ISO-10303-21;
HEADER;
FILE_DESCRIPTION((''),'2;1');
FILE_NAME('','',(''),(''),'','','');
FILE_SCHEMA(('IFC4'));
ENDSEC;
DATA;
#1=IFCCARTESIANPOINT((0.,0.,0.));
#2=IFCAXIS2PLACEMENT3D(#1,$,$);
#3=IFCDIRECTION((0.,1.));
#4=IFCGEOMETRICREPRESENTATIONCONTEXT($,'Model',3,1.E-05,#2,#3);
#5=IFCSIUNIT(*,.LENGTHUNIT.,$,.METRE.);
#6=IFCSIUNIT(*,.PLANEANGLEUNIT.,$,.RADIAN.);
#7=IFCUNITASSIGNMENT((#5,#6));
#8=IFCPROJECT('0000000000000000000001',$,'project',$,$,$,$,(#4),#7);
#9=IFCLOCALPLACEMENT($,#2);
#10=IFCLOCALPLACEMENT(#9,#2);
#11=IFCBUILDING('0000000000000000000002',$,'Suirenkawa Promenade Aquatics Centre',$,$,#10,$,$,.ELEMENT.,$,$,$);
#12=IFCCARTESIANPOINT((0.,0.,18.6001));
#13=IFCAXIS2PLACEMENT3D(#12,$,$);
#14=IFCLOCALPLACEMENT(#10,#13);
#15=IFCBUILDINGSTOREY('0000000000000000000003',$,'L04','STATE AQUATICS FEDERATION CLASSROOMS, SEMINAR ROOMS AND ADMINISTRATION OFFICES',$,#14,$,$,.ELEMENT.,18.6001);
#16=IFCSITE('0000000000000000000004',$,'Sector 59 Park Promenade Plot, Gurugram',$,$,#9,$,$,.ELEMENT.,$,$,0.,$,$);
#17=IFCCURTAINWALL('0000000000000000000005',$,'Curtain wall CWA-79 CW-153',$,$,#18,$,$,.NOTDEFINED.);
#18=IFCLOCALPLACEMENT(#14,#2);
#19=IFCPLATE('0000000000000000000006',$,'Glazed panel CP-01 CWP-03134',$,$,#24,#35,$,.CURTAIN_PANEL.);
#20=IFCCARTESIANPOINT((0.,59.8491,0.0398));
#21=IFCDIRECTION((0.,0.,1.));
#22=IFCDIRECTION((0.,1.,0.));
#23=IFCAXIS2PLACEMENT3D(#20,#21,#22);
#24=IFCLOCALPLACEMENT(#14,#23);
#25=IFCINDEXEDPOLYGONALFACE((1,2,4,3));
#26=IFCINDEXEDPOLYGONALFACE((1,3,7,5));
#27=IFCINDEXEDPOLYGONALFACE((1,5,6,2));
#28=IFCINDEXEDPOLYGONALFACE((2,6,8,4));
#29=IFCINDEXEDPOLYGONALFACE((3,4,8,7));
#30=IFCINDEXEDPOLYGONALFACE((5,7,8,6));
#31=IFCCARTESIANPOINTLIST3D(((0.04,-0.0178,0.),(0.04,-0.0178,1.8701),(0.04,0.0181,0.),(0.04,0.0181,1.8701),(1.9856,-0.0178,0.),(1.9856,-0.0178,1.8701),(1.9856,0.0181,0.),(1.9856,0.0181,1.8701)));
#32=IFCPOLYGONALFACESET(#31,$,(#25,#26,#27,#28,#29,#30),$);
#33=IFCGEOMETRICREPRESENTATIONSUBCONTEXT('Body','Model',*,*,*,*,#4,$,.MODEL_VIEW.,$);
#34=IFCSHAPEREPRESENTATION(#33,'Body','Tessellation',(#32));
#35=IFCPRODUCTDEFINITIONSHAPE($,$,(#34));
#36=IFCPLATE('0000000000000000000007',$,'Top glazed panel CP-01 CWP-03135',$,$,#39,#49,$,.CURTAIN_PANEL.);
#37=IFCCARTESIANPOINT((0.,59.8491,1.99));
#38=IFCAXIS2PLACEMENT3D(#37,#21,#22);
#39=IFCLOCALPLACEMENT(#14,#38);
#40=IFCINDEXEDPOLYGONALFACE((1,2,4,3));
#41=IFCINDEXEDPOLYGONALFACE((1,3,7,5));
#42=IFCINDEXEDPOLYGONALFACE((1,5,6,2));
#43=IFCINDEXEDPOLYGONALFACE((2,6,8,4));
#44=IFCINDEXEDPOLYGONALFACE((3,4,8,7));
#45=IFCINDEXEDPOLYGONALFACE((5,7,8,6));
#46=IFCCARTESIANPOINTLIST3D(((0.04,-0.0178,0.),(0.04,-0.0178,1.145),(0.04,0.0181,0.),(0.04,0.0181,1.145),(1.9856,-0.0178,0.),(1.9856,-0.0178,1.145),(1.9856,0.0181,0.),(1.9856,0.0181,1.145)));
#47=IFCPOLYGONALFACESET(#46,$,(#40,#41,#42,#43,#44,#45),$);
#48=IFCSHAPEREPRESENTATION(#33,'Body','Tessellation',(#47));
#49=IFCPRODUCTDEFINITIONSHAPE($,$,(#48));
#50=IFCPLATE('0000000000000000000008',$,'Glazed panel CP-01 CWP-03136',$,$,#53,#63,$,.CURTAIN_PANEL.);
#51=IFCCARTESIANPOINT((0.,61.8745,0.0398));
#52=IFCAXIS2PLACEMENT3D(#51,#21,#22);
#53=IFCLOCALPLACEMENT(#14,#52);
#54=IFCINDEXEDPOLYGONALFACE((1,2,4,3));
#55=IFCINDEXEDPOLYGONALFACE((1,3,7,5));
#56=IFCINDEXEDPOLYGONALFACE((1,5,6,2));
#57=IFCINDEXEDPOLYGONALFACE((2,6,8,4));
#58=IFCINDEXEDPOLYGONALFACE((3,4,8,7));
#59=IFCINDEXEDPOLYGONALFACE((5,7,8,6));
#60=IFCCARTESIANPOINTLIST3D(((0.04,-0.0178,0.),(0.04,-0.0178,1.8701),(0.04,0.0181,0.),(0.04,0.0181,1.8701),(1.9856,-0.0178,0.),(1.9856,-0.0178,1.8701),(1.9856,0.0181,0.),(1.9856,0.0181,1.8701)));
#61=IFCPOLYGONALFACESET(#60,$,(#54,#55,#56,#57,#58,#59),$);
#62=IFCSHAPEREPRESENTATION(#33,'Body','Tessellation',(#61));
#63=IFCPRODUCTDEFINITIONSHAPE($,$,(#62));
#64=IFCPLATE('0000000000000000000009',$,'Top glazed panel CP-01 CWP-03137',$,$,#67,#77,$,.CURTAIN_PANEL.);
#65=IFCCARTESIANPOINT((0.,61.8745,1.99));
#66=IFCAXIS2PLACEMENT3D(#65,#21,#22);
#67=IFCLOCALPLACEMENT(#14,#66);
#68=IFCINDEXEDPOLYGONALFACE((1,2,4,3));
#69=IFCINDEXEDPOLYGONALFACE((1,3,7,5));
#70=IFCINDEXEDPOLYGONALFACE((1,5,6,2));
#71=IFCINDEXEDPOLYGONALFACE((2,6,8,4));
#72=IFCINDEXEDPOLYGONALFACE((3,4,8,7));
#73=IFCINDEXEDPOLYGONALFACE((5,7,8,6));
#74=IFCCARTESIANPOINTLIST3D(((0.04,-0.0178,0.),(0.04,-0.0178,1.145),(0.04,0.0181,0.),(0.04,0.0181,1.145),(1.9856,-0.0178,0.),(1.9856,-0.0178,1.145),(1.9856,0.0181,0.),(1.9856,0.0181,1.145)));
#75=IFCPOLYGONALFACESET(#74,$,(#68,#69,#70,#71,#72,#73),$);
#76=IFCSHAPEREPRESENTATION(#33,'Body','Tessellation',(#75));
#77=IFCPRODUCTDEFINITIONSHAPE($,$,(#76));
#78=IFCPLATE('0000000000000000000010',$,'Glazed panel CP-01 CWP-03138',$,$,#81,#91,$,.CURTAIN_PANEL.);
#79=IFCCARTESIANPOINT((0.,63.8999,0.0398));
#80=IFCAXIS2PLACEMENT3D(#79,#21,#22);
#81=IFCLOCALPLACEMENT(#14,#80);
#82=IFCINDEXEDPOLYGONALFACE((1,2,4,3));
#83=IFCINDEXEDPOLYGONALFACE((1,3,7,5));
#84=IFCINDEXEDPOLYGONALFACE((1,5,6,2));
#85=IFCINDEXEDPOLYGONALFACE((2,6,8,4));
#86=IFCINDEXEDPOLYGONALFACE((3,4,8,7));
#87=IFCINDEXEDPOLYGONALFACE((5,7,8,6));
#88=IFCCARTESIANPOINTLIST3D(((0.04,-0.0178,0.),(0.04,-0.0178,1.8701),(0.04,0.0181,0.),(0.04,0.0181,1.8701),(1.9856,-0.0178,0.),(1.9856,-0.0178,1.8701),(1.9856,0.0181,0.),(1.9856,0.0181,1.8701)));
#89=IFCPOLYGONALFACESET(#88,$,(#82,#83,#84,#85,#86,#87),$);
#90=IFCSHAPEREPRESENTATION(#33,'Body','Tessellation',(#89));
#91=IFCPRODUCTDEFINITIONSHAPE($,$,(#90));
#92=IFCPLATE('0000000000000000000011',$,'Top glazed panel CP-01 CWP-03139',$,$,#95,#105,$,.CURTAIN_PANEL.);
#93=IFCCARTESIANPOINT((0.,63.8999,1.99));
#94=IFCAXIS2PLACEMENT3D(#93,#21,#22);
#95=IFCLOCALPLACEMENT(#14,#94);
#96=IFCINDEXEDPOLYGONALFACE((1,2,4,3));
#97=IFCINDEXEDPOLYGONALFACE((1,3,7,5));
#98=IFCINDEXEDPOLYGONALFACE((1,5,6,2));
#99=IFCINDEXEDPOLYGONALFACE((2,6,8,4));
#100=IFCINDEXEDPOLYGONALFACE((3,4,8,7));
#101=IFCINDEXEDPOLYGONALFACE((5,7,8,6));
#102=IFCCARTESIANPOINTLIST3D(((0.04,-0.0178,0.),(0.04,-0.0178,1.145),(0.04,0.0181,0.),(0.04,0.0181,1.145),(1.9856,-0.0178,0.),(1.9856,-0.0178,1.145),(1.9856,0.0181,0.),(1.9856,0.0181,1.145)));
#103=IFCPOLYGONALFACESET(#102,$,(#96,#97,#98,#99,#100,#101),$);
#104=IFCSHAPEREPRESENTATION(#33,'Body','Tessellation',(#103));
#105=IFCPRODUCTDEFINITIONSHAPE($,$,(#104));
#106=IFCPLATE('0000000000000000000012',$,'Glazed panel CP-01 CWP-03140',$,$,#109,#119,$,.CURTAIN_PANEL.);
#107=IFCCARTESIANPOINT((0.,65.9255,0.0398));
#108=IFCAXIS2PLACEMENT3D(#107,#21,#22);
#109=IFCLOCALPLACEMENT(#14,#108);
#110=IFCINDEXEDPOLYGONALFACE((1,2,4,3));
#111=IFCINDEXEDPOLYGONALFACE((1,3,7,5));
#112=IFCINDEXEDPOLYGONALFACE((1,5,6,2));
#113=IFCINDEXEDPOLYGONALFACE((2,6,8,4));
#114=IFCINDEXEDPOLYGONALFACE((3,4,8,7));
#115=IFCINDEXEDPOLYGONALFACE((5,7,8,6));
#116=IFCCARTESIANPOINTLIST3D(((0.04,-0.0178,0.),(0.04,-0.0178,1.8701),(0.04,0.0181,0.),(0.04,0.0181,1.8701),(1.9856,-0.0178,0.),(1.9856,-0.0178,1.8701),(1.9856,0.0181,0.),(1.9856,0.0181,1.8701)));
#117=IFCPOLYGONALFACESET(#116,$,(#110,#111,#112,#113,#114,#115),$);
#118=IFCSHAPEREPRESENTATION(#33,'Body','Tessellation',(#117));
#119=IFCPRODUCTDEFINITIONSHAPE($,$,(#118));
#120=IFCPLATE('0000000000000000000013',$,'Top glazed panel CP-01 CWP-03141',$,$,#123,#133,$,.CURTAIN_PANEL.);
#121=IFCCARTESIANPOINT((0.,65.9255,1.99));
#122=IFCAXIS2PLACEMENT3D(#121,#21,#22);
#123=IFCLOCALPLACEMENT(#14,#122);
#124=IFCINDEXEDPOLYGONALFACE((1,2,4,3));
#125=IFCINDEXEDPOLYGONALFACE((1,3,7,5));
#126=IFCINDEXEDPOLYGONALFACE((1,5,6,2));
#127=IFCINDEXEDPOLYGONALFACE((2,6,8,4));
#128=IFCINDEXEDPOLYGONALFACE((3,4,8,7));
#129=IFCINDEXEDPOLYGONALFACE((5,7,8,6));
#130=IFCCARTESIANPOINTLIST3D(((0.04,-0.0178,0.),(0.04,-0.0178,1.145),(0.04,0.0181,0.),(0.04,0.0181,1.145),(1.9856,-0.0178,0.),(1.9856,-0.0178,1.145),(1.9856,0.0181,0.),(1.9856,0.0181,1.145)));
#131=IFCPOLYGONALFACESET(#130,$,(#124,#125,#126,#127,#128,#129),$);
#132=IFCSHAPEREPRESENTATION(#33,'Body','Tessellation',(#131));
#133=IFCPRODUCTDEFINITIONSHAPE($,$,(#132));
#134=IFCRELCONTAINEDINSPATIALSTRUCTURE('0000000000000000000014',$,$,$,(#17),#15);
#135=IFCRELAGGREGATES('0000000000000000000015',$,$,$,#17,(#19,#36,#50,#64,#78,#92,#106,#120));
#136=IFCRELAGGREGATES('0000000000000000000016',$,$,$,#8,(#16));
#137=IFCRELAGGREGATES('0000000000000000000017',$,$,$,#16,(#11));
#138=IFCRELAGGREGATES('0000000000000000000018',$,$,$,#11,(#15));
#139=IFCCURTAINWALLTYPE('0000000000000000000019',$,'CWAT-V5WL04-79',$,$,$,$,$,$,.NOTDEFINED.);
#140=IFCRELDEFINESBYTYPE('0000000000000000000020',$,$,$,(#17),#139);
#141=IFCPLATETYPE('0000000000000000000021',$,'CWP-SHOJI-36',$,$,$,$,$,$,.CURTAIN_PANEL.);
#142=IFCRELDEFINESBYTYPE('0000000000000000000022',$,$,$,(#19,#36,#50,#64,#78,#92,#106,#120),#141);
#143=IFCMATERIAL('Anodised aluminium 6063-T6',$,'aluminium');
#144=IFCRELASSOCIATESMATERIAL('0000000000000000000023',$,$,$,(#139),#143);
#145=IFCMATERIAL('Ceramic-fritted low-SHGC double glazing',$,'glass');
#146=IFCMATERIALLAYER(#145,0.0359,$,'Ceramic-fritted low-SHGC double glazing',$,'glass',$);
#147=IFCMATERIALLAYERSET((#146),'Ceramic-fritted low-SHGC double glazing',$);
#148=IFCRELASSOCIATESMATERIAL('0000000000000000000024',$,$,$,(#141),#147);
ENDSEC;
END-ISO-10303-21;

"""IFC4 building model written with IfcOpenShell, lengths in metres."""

from ifc_helpers import new_model, si_unit, direction, frame, origin, place, context, subcontext, project, spatial, polyline, outline, extrude, material, layer, layer_set, type_object, element, aggregate, save


model = new_model("IFC4")

# Units and contexts
model_context = context("Model", 3, precision=1e-05, world=origin(), true_north=direction((0.0, 1.0)))
body_context = subcontext(model_context, "Body", "Model", "MODEL_VIEW")
ifc_project = project(units=[si_unit("LENGTHUNIT", "METRE"), si_unit("PLANEANGLEUNIT", "RADIAN")], contexts=[model_context])

# Site, building, storey
site_placement = place(None, origin())
site = spatial("IfcSite", under=ifc_project, at=site_placement, Name="Sector 59 Park Promenade Plot, Gurugram", CompositionType="ELEMENT", RefElevation=0.0)
building_placement = place(site_placement, origin())
building = spatial("IfcBuilding", under=site, at=building_placement, Name="Suirenkawa Promenade Aquatics Centre", CompositionType="ELEMENT")
storey_placement = place(building_placement, frame((0.0, 0.0, 18.6001)))
storey = spatial("IfcBuildingStorey", under=building, at=storey_placement, Name="L04", Description="STATE AQUATICS FEDERATION CLASSROOMS, SEMINAR ROOMS AND ADMINISTRATION OFFICES", CompositionType="ELEMENT", Elevation=18.6001)

# Curtain wall, plates
ifc_material_1 = material(Name="Anodised aluminium 6063-T6", Category="aluminium")
curtain_wall_type = type_object("IfcCurtainWallType", Name="CWAT-V5WL04-79", PredefinedType="NOTDEFINED", material=ifc_material_1)
curtain_wall_placement = place(storey_placement, origin())
curtain_wall = element("IfcCurtainWall", 1, at=curtain_wall_placement, inside=storey, type_object=curtain_wall_type, Name="Curtain wall CWA-79 CW-153", PredefinedType="NOTDEFINED")
ifc_material_2 = material(Name="Ceramic-fritted low-SHGC double glazing", Category="glass")
ifc_layer_1 = layer(ifc_material_2, 0.0359, Name="Ceramic-fritted low-SHGC double glazing", Category="glass")
ifc_layer_set_1 = layer_set([ifc_layer_1], Name="Ceramic-fritted low-SHGC double glazing")
plate_type = type_object("IfcPlateType", Name="CWP-SHOJI-36", PredefinedType="CURTAIN_PANEL", material=ifc_layer_set_1)
plate_1_placement = place(storey_placement, frame((0.0, 59.8491, 0.0398), z_axis=(0.0, 0.0, 1.0), x_axis=(0.0, 1.0, 0.0)))
plate_1 = element("IfcPlate", 2, at=plate_1_placement, type_object=plate_type, Name="Glazed panel CP-01 CWP-03134", PredefinedType="CURTAIN_PANEL", context=body_context, shape_type="SweptSolid", body=[
    extrude(outline(polyline([(0.04, 0.0), (1.9856, 0.0), (1.9856, 1.8701), (0.04, 1.8701), (0.04, 0.0)])), frame((0.0, 0.0181, 0.0), z_axis=(0.0, -1.0, 0.0), x_axis=(1.0, 0.0, 0.0)), (0.0, 0.0, 1.0), 0.0359),
])
plate_2_placement = place(storey_placement, frame((0.0, 59.8491, 1.99), z_axis=(0.0, 0.0, 1.0), x_axis=(0.0, 1.0, 0.0)))
plate_2 = element("IfcPlate", 3, at=plate_2_placement, type_object=plate_type, Name="Top glazed panel CP-01 CWP-03135", PredefinedType="CURTAIN_PANEL", context=body_context, shape_type="SweptSolid", body=[
    extrude(outline(polyline([(0.04, 0.0), (1.9856, 0.0), (1.9856, 1.145), (0.04, 1.145), (0.04, 0.0)])), frame((0.0, 0.0181, 0.0), z_axis=(0.0, -1.0, 0.0), x_axis=(1.0, 0.0, 0.0)), (0.0, 0.0, 1.0), 0.0359),
])
plate_3_placement = place(storey_placement, frame((0.0, 61.8745, 0.0398), z_axis=(0.0, 0.0, 1.0), x_axis=(0.0, 1.0, 0.0)))
plate_3 = element("IfcPlate", 4, at=plate_3_placement, type_object=plate_type, Name="Glazed panel CP-01 CWP-03136", PredefinedType="CURTAIN_PANEL", context=body_context, shape_type="SweptSolid", body=[
    extrude(outline(polyline([(0.04, 0.0), (1.9856, 0.0), (1.9856, 1.8701), (0.04, 1.8701), (0.04, 0.0)])), frame((0.0, 0.0181, 0.0), z_axis=(0.0, -1.0, 0.0), x_axis=(1.0, 0.0, 0.0)), (0.0, 0.0, 1.0), 0.0359),
])
plate_4_placement = place(storey_placement, frame((0.0, 61.8745, 1.99), z_axis=(0.0, 0.0, 1.0), x_axis=(0.0, 1.0, 0.0)))
plate_4 = element("IfcPlate", 5, at=plate_4_placement, type_object=plate_type, Name="Top glazed panel CP-01 CWP-03137", PredefinedType="CURTAIN_PANEL", context=body_context, shape_type="SweptSolid", body=[
    extrude(outline(polyline([(0.04, 0.0), (1.9856, 0.0), (1.9856, 1.145), (0.04, 1.145), (0.04, 0.0)])), frame((0.0, 0.0181, 0.0), z_axis=(0.0, -1.0, 0.0), x_axis=(1.0, 0.0, 0.0)), (0.0, 0.0, 1.0), 0.0359),
])
plate_5_placement = place(storey_placement, frame((0.0, 63.8999, 0.0398), z_axis=(0.0, 0.0, 1.0), x_axis=(0.0, 1.0, 0.0)))
plate_5 = element("IfcPlate", 6, at=plate_5_placement, type_object=plate_type, Name="Glazed panel CP-01 CWP-03138", PredefinedType="CURTAIN_PANEL", context=body_context, shape_type="SweptSolid", body=[
    extrude(outline(polyline([(0.04, 0.0), (1.9856, 0.0), (1.9856, 1.8701), (0.04, 1.8701), (0.04, 0.0)])), frame((0.0, 0.0181, 0.0), z_axis=(0.0, -1.0, 0.0), x_axis=(1.0, 0.0, 0.0)), (0.0, 0.0, 1.0), 0.0359),
])
plate_6_placement = place(storey_placement, frame((0.0, 63.8999, 1.99), z_axis=(0.0, 0.0, 1.0), x_axis=(0.0, 1.0, 0.0)))
plate_6 = element("IfcPlate", 7, at=plate_6_placement, type_object=plate_type, Name="Top glazed panel CP-01 CWP-03139", PredefinedType="CURTAIN_PANEL", context=body_context, shape_type="SweptSolid", body=[
    extrude(outline(polyline([(0.04, 0.0), (1.9856, 0.0), (1.9856, 1.145), (0.04, 1.145), (0.04, 0.0)])), frame((0.0, 0.0181, 0.0), z_axis=(0.0, -1.0, 0.0), x_axis=(1.0, 0.0, 0.0)), (0.0, 0.0, 1.0), 0.0359),
])
plate_7_placement = place(storey_placement, frame((0.0, 65.9255, 0.0398), z_axis=(0.0, 0.0, 1.0), x_axis=(0.0, 1.0, 0.0)))
plate_7 = element("IfcPlate", 8, at=plate_7_placement, type_object=plate_type, Name="Glazed panel CP-01 CWP-03140", PredefinedType="CURTAIN_PANEL", context=body_context, shape_type="SweptSolid", body=[
    extrude(outline(polyline([(0.04, 0.0), (1.9856, 0.0), (1.9856, 1.8701), (0.04, 1.8701), (0.04, 0.0)])), frame((0.0, 0.0181, 0.0), z_axis=(0.0, -1.0, 0.0), x_axis=(1.0, 0.0, 0.0)), (0.0, 0.0, 1.0), 0.0359),
])
plate_8_placement = place(storey_placement, frame((0.0, 65.9255, 1.99), z_axis=(0.0, 0.0, 1.0), x_axis=(0.0, 1.0, 0.0)))
plate_8 = element("IfcPlate", 9, at=plate_8_placement, type_object=plate_type, Name="Top glazed panel CP-01 CWP-03141", PredefinedType="CURTAIN_PANEL", context=body_context, shape_type="SweptSolid", body=[
    extrude(outline(polyline([(0.04, 0.0), (1.9856, 0.0), (1.9856, 1.145), (0.04, 1.145), (0.04, 0.0)])), frame((0.0, 0.0181, 0.0), z_axis=(0.0, -1.0, 0.0), x_axis=(1.0, 0.0, 0.0)), (0.0, 0.0, 1.0), 0.0359),
])
aggregate(curtain_wall, [plate_1, plate_2, plate_3, plate_4, plate_5, plate_6, plate_7, plate_8])

save(model, "model.ifc")
